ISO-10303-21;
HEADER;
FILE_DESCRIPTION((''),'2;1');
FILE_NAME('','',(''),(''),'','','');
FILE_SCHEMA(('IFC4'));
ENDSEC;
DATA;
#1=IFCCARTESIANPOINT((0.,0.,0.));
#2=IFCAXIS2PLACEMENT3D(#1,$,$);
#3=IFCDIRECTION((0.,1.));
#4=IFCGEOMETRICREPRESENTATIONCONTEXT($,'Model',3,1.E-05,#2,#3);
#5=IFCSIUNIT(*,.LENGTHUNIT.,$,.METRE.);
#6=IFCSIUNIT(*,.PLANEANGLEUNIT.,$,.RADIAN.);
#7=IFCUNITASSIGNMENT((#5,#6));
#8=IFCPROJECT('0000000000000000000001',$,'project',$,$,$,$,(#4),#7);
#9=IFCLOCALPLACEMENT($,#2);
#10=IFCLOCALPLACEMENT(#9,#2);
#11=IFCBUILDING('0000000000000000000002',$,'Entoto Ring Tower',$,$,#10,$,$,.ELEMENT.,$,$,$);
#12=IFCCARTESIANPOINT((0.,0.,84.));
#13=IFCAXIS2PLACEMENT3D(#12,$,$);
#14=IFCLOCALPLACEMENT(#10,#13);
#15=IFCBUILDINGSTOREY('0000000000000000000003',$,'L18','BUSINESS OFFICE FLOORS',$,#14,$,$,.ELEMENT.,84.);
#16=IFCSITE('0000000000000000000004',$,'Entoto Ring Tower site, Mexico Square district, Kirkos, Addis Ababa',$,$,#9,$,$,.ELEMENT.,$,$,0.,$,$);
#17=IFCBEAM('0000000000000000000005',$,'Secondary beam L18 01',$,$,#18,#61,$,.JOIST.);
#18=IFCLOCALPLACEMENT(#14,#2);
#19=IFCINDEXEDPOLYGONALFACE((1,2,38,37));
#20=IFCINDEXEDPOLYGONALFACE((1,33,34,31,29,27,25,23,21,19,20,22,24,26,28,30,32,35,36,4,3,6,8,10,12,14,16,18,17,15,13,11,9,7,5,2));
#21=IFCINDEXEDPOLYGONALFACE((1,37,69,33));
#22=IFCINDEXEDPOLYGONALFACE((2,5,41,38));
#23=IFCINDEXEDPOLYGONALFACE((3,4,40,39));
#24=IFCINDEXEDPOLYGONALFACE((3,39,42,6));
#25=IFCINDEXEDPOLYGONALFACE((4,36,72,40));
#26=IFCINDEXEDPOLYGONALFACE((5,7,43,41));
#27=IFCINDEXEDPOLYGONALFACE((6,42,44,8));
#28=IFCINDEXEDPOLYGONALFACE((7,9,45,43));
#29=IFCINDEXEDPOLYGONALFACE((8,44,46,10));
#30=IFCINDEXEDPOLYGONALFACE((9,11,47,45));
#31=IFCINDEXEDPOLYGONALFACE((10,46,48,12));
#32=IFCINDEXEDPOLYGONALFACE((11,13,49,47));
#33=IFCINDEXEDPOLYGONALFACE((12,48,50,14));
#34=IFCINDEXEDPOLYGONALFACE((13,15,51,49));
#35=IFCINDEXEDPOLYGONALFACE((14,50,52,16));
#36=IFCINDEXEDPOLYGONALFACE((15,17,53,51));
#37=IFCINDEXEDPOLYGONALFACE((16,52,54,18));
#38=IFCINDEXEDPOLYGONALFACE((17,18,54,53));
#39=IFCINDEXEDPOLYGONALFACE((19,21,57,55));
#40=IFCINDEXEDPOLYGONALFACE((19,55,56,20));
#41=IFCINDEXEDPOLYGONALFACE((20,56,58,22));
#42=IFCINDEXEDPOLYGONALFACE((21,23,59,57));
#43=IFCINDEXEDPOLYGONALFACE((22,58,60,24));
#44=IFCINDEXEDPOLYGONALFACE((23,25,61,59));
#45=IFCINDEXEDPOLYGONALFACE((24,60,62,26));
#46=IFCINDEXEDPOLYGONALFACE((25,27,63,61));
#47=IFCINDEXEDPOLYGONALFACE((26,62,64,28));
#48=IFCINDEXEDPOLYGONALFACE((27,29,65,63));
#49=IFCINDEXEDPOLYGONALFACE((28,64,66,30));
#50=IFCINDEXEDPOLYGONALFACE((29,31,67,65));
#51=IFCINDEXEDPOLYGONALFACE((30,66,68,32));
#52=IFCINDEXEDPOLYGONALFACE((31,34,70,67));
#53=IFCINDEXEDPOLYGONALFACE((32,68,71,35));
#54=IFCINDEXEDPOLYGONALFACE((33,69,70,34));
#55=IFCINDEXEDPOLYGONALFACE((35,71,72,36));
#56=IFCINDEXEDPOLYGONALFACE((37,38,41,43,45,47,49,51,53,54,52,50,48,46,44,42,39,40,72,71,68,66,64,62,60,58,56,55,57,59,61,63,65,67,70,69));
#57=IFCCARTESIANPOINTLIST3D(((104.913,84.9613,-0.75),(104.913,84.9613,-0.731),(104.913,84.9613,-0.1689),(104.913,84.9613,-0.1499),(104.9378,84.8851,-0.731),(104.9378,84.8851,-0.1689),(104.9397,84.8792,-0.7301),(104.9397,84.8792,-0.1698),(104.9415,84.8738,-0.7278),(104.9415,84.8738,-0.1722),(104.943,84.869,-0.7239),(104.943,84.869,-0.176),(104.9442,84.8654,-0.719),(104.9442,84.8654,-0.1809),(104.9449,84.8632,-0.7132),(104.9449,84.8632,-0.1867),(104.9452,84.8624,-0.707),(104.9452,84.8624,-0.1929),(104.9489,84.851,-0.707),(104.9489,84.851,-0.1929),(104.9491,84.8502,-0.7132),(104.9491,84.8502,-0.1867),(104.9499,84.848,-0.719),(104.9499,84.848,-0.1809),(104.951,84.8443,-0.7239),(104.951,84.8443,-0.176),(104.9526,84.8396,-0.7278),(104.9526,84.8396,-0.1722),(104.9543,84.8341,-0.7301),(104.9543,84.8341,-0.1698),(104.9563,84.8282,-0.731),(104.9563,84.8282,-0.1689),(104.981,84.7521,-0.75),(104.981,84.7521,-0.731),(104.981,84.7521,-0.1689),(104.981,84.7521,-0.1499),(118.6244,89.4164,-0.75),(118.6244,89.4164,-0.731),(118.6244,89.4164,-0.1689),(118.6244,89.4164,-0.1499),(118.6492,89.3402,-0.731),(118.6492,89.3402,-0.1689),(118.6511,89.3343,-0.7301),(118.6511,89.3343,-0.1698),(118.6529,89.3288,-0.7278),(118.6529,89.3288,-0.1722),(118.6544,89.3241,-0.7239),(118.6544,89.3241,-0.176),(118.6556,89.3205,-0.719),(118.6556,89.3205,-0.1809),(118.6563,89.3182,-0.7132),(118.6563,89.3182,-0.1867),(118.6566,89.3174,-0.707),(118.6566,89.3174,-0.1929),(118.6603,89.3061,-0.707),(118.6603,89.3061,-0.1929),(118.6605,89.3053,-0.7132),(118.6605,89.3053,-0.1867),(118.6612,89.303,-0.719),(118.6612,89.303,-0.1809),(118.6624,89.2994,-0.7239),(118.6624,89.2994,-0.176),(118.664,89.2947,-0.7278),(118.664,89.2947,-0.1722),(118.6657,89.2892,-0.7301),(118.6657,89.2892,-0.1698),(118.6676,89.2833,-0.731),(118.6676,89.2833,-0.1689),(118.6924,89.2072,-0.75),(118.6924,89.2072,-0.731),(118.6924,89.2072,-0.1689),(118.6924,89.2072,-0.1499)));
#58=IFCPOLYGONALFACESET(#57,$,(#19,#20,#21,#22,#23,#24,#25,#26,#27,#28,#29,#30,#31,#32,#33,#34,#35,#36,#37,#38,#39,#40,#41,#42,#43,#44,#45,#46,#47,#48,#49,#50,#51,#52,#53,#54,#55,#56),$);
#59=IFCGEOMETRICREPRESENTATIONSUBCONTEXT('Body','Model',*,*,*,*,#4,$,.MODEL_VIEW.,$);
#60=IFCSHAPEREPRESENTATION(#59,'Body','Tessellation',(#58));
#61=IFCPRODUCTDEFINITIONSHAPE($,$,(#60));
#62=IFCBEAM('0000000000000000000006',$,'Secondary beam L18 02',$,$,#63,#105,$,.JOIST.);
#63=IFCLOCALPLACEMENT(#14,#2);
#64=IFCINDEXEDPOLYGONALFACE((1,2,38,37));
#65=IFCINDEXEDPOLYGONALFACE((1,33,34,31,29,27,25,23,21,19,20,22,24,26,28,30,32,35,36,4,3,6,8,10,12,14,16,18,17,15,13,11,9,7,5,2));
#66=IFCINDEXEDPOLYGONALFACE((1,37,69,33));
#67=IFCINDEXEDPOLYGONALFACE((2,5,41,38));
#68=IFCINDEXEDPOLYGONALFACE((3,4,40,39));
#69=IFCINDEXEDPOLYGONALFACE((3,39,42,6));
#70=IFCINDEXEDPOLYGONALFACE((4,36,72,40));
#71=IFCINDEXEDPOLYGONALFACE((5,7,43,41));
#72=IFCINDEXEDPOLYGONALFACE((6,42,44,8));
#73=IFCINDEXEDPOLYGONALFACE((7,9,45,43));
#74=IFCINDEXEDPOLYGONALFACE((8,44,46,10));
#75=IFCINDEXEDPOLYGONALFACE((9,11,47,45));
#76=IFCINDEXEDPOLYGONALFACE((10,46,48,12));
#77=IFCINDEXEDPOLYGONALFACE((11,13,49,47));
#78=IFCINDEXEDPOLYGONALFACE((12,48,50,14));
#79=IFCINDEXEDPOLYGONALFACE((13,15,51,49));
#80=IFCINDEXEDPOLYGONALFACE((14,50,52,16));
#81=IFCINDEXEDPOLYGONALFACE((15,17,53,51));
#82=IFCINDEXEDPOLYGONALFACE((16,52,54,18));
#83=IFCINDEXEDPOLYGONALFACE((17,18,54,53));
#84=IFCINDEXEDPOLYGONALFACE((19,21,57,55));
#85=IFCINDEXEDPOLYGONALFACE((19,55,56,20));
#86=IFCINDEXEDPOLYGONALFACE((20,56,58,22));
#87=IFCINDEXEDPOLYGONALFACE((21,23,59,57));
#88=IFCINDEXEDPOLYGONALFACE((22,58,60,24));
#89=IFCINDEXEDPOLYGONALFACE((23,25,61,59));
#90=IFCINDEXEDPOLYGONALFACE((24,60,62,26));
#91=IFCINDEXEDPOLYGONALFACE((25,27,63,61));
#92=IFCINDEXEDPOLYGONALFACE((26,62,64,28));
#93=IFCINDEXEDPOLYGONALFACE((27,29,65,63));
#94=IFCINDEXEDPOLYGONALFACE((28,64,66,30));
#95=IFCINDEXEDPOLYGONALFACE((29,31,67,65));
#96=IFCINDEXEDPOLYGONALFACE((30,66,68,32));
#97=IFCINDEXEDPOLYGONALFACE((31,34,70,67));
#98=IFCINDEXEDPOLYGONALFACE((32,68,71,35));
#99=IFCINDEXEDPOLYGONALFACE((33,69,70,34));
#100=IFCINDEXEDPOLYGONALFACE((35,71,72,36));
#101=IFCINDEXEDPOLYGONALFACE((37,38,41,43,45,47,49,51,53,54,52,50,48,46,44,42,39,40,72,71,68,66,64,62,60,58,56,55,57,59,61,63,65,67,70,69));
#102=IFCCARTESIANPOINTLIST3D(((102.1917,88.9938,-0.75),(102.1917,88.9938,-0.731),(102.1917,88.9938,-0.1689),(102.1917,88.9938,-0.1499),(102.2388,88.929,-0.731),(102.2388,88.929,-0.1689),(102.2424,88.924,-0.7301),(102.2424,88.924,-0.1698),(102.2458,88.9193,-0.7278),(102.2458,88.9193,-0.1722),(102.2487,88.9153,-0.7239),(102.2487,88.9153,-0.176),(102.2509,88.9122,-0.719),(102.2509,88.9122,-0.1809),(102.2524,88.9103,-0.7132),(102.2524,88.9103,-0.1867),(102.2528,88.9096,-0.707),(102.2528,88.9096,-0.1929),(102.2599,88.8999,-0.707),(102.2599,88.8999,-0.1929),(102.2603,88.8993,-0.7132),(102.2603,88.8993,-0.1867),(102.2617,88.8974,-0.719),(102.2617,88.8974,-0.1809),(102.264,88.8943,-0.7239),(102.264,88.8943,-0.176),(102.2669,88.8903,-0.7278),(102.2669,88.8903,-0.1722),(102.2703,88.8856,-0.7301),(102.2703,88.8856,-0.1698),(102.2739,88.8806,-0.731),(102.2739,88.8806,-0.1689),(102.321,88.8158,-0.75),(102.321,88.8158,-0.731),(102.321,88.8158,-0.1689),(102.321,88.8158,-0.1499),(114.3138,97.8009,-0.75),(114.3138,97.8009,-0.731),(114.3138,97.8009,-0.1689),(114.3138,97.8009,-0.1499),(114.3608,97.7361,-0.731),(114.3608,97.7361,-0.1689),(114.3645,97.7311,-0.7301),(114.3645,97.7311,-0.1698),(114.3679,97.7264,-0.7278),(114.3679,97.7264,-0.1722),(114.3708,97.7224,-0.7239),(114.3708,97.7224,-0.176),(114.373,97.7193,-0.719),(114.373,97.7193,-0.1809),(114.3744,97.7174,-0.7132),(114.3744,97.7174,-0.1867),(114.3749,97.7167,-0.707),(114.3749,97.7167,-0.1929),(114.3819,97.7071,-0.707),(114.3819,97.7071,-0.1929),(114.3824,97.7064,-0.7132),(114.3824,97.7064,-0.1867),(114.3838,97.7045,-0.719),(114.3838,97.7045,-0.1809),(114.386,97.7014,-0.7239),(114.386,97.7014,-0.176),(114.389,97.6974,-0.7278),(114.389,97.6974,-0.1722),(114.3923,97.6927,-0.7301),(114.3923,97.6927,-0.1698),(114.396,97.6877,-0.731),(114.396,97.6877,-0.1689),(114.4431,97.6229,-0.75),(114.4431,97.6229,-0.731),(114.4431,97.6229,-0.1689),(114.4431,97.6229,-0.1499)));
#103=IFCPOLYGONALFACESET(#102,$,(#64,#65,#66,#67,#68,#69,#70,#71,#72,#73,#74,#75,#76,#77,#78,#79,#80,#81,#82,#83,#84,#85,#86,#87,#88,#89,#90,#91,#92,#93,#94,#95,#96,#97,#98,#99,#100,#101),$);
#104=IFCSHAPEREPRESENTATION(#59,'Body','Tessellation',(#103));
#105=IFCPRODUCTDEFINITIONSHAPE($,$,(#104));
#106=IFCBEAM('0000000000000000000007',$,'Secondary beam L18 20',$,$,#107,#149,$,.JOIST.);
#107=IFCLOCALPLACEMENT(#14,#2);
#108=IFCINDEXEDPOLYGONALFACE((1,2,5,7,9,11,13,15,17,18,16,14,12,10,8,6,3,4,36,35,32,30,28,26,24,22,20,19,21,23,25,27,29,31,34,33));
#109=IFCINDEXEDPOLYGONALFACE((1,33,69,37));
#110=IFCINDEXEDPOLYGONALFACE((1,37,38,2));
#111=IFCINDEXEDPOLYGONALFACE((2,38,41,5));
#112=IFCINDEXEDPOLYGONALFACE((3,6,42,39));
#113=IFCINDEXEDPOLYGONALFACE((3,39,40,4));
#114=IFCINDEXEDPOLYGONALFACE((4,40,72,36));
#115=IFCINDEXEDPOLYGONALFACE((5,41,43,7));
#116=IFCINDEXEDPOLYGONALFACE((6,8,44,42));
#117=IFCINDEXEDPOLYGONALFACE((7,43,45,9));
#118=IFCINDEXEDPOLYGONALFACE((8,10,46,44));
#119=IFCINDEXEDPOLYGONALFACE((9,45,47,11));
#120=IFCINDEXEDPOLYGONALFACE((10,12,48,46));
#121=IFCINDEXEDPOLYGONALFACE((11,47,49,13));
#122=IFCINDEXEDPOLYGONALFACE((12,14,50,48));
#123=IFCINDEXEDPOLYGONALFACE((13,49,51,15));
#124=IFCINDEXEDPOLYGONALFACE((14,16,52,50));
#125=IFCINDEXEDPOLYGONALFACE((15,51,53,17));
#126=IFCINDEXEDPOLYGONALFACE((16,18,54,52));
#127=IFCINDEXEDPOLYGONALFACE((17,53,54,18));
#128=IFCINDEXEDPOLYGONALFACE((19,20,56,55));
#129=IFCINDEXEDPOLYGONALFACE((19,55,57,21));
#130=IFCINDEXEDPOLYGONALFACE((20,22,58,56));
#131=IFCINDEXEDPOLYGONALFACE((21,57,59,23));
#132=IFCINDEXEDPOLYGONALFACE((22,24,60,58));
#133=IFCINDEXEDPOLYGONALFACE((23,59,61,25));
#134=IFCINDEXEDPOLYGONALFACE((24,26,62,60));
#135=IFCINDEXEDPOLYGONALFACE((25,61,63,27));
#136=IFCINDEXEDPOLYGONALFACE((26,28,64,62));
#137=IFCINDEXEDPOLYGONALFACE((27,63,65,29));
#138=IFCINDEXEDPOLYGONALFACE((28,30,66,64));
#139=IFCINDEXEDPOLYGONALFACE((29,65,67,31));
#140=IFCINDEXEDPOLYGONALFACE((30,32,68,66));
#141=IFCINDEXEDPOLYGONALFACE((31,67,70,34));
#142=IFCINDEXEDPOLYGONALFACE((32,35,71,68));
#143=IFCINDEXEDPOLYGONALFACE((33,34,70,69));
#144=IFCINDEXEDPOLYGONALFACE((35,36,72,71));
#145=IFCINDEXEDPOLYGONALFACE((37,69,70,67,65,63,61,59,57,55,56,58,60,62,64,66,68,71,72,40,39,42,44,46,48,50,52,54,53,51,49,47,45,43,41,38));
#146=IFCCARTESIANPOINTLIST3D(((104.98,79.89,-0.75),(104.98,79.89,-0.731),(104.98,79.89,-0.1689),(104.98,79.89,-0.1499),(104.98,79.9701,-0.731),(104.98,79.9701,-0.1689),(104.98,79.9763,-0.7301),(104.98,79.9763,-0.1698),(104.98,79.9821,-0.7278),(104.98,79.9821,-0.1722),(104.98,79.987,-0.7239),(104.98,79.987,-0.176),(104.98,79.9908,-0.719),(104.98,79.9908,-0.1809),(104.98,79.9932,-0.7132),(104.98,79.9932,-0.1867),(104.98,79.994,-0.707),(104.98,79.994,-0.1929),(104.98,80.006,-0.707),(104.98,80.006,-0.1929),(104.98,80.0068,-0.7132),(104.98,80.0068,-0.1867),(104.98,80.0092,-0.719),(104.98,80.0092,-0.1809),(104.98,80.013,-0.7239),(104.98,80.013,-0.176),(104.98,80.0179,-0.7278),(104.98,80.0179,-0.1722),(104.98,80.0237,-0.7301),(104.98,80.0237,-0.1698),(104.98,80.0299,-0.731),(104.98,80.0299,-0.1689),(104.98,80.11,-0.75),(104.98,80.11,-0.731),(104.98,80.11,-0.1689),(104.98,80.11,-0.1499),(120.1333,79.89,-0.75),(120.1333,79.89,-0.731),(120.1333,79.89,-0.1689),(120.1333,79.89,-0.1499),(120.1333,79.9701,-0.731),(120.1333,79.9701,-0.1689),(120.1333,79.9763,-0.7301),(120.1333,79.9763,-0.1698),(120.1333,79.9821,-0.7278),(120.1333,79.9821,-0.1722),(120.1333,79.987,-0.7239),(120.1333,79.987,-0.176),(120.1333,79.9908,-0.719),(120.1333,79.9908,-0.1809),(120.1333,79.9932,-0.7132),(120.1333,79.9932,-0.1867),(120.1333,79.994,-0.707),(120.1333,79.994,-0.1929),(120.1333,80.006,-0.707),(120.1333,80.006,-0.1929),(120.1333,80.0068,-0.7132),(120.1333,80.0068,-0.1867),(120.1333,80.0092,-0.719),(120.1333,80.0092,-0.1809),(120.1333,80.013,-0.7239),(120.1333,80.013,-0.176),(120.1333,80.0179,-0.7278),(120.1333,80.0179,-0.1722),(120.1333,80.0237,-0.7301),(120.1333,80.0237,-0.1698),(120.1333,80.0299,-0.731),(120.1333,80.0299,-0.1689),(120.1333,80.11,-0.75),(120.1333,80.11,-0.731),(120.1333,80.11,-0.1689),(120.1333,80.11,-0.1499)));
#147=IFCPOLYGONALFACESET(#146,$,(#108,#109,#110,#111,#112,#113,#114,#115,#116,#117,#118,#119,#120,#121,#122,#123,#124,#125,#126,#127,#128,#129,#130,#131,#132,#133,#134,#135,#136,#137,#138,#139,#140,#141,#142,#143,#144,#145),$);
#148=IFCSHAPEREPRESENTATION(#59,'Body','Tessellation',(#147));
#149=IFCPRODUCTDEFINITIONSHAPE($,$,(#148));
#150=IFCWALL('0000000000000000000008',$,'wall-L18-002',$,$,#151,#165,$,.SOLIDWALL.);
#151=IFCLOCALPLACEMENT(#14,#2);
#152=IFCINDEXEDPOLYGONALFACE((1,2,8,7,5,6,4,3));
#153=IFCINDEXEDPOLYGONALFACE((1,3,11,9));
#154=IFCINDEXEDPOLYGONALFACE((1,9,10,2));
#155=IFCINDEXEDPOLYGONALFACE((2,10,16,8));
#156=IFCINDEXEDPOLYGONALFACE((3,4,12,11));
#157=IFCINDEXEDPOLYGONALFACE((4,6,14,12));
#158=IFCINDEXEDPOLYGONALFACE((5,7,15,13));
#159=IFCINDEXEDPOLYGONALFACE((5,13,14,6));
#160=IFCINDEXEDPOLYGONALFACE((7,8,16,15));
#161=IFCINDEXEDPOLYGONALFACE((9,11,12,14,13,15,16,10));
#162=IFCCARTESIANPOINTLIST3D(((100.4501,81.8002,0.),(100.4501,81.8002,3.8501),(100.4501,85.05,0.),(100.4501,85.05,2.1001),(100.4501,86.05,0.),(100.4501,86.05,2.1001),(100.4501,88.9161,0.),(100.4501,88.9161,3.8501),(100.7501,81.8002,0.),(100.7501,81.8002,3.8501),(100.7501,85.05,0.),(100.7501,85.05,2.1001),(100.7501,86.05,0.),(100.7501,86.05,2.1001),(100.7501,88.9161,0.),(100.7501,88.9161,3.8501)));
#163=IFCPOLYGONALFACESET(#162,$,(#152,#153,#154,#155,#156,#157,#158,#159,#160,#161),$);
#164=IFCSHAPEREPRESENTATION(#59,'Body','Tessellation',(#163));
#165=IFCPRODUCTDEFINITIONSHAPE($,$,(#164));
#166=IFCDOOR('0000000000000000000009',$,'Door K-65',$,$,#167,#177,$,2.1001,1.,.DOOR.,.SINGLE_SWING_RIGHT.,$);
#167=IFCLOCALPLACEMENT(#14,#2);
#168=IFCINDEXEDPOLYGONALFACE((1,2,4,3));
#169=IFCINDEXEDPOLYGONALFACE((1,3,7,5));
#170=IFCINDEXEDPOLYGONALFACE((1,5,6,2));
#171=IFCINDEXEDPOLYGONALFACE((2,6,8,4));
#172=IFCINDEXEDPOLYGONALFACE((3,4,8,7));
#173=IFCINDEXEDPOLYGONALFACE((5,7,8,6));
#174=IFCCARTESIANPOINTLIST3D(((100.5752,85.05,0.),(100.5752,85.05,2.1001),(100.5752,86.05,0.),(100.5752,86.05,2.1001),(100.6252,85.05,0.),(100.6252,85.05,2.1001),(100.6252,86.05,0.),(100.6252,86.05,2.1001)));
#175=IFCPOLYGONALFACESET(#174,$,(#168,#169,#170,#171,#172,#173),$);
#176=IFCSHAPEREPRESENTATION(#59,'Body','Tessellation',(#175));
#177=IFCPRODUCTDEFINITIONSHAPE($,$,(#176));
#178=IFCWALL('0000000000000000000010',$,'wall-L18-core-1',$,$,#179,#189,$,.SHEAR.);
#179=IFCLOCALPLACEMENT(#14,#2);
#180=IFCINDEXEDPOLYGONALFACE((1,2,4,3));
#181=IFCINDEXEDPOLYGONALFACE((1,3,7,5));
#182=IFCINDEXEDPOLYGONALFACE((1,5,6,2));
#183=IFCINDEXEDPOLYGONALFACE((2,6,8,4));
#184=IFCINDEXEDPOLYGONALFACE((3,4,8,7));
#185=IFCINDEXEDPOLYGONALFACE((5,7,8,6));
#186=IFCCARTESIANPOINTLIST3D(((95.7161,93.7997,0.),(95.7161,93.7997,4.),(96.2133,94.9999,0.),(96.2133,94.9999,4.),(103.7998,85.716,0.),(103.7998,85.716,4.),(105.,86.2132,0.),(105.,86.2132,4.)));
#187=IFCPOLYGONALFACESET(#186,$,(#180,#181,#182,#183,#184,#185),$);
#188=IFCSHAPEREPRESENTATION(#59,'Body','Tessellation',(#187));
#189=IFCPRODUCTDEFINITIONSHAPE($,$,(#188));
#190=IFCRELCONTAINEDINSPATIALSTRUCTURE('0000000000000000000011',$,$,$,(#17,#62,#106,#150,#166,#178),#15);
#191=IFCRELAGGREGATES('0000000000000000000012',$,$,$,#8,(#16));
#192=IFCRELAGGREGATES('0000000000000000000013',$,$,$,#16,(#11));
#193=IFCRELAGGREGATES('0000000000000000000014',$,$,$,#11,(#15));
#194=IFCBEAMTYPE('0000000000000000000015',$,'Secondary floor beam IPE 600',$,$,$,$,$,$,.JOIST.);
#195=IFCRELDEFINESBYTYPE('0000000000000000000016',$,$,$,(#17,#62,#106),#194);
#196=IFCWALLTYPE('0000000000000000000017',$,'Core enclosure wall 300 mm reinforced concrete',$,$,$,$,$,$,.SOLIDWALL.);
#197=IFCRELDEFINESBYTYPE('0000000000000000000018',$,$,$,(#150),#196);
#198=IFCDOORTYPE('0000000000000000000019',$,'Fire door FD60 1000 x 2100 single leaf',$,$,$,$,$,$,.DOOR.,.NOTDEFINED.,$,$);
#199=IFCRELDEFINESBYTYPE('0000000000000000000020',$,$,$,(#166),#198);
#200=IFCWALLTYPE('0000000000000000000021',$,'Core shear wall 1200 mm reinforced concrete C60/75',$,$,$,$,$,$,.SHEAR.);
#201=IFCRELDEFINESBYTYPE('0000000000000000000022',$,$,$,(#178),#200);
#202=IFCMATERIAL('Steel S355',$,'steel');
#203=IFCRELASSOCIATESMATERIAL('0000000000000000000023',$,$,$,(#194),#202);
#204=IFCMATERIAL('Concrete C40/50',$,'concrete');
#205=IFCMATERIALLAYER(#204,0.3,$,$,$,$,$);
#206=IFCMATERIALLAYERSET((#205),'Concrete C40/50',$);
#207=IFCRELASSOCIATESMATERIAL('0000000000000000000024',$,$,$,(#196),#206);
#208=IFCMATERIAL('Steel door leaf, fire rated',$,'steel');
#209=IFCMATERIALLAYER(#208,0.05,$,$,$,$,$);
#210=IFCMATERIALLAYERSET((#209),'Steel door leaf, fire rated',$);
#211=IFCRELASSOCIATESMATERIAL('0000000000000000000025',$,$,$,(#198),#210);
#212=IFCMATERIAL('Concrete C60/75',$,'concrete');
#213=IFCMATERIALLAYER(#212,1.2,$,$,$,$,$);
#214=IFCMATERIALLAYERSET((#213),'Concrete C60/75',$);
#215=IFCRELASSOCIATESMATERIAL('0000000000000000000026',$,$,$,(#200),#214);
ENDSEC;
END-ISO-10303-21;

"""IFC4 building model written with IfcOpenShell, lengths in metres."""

from ifc_helpers import new_model, si_unit, direction, frame, frame_2d, origin, origin_2d, place, context, subcontext, project, spatial, polyline, rectangle, i_section, outline, extrude, material, layer, layer_set, material_profile, profile_set, type_object, element, fill, save


model = new_model("IFC4")

# Units and contexts
model_context = context("Model", 3, precision=1e-05, world=origin(), true_north=direction((0.0, 1.0)))
body_context = subcontext(model_context, "Body", "Model", "MODEL_VIEW")
ifc_project = project(units=[si_unit("LENGTHUNIT", "METRE"), si_unit("PLANEANGLEUNIT", "RADIAN")], contexts=[model_context])

# Site, building, storey
site_placement = place(None, origin())
site = spatial("IfcSite", under=ifc_project, at=site_placement, Name="Entoto Ring Tower site, Mexico Square district, Kirkos, Addis Ababa", CompositionType="ELEMENT", RefElevation=0.0)
building_placement = place(site_placement, origin())
building = spatial("IfcBuilding", under=site, at=building_placement, Name="Entoto Ring Tower", CompositionType="ELEMENT")
storey_placement = place(building_placement, frame((0.0, 0.0, 84.0)))
storey = spatial("IfcBuildingStorey", under=building, at=storey_placement, Name="L18", Description="BUSINESS OFFICE FLOORS", CompositionType="ELEMENT", Elevation=84.0)

# Beams
ifc_material_1 = material(Name="Steel S355", Category="steel")
ifc_material_profile_1 = material_profile(ifc_material_1, i_section(OverallWidth=0.22, OverallDepth=0.6001, WebThickness=0.012, FlangeThickness=0.019, FilletRadius=0.0239, at=origin_2d()), Name="IPE 600")
ifc_profile_set_1 = profile_set([ifc_material_profile_1], Name="Steel S355")
beam_type_1 = type_object("IfcBeamType", Name="Secondary floor beam IPE 600", PredefinedType="JOIST", material=ifc_profile_set_1)
beam_1_placement = place(storey_placement, frame((104.947, 84.8567, -0.45), z_axis=(0.951057, 0.309015, 0.0), x_axis=(-0.309015, 0.951057, 0.0)))
element("IfcBeam", 1, at=beam_1_placement, inside=storey, type_object=beam_type_1, Name="Secondary beam L18 01", PredefinedType="JOIST", context=body_context, shape_type="SweptSolid", body=[
    extrude(i_section(OverallWidth=0.22, OverallDepth=0.6001, WebThickness=0.012, FlangeThickness=0.019, FilletRadius=0.0239, at=origin_2d()), origin(), (0.0, 0.0, 1.0), 14.417),
])
beam_2_placement = place(storey_placement, frame((102.2563, 88.9048, -0.45), z_axis=(0.809019, 0.587782, 0.0), x_axis=(-0.587782, 0.809019, 0.0)))
element("IfcBeam", 2, at=beam_2_placement, inside=storey, type_object=beam_type_1, Name="Secondary beam L18 02", PredefinedType="JOIST", context=body_context, shape_type="SweptSolid", body=[
    extrude(i_section(OverallWidth=0.22, OverallDepth=0.6001, WebThickness=0.012, FlangeThickness=0.019, FilletRadius=0.0239, at=origin_2d()), origin(), (0.0, 0.0, 1.0), 14.9836),
])
beam_3_placement = place(storey_placement, frame((104.98, 80.0, -0.45), z_axis=(1.0, 0.0, 0.0), x_axis=(0.0, 1.0, 0.0)))
element("IfcBeam", 3, at=beam_3_placement, inside=storey, type_object=beam_type_1, Name="Secondary beam L18 20", PredefinedType="JOIST", context=body_context, shape_type="SweptSolid", body=[
    extrude(i_section(OverallWidth=0.22, OverallDepth=0.6001, WebThickness=0.012, FlangeThickness=0.019, FilletRadius=0.0239, at=origin_2d()), origin(), (0.0, 0.0, 1.0), 15.1533),
])

# Wall, opening, door
ifc_material_2 = material(Name="Concrete C40/50", Category="concrete")
ifc_layer_1 = layer(ifc_material_2, 0.3)
ifc_layer_set_1 = layer_set([ifc_layer_1], Name="Concrete C40/50")
wall_type_1 = type_object("IfcWallType", Name="Core enclosure wall 300 mm reinforced concrete", PredefinedType="SOLIDWALL", material=ifc_layer_set_1)
wall_1_placement = place(storey_placement, frame((100.6001, 81.8, 0.0), z_axis=(0.0, 0.0, 1.0), x_axis=(0.0, 1.0, 0.0)))
wall_1 = element("IfcWall", 4, at=wall_1_placement, inside=storey, type_object=wall_type_1, Name="wall-L18-002", PredefinedType="SOLIDWALL", context=body_context, shape_type="SweptSolid", body=[
    extrude(rectangle(XDim=7.116, YDim=0.3, at=frame_2d((3.5581, 0.0))), origin(), (0.0, 0.0, 1.0), 3.8501),
])
opening_1_placement = place(wall_1_placement, frame((3.25, 0.0, 0.0)))
opening_1 = element("IfcOpeningElement", 5, at=opening_1_placement, cuts=wall_1, PredefinedType="OPENING", context=body_context, shape_type="SweptSolid", body=[
    extrude(rectangle(XDim=1.0, YDim=2.1001, at=frame_2d((0.5, 1.05))), frame((0.0, 0.1602, 0.0), z_axis=(0.0, -1.0, 0.0), x_axis=(1.0, 0.0, 0.0)), (0.0, 0.0, 1.0), 0.3201),
])
ifc_material_3 = material(Name="Steel door leaf, fire rated", Category="steel")
ifc_layer_2 = layer(ifc_material_3, 0.05)
ifc_layer_set_2 = layer_set([ifc_layer_2], Name="Steel door leaf, fire rated")
door_type_1 = type_object("IfcDoorType", Name="Fire door FD60 1000 x 2100 single leaf", OperationType="NOTDEFINED", PredefinedType="DOOR", material=ifc_layer_set_2)
door_1_placement = place(opening_1_placement, origin())
door_1 = element("IfcDoor", 6, at=door_1_placement, inside=storey, type_object=door_type_1, Name="Door K-65", OperationType="SINGLE_SWING_RIGHT", OverallHeight=2.1001, OverallWidth=1.0, PredefinedType="DOOR", context=body_context, shape_type="SweptSolid", body=[
    extrude(rectangle(XDim=1.0, YDim=2.1001, at=frame_2d((0.5, 1.05))), frame((0.0, 0.0249, 0.0), z_axis=(0.0, -1.0, 0.0), x_axis=(1.0, 0.0, 0.0)), (0.0, 0.0, 1.0), 0.05),
])
fill(opening_1, door_1)

# Wall
ifc_material_4 = material(Name="Concrete C60/75", Category="concrete")
ifc_layer_3 = layer(ifc_material_4, 1.2)
ifc_layer_set_3 = layer_set([ifc_layer_3], Name="Concrete C60/75")
wall_type_2 = type_object("IfcWallType", Name="Core shear wall 1200 mm reinforced concrete C60/75", PredefinedType="SHEAR", material=ifc_layer_set_3)
wall_2_placement = place(storey_placement, frame((104.3999, 85.9646, 0.0), z_axis=(0.0, 0.0, 1.0), x_axis=(-0.707107, 0.707107, 0.0)))
element("IfcWall", 7, at=wall_2_placement, inside=storey, type_object=wall_type_2, Name="wall-L18-core-1", PredefinedType="SHEAR", context=body_context, shape_type="SweptSolid", body=[
    extrude(outline(polyline([(-0.2485, -0.6001), (12.1777, -0.6001), (11.6807, 0.6001), (0.2485, 0.6001), (-0.2485, -0.6001)])), origin(), (0.0, 0.0, 1.0), 4.0),
])

save(model, "model.ifc")
